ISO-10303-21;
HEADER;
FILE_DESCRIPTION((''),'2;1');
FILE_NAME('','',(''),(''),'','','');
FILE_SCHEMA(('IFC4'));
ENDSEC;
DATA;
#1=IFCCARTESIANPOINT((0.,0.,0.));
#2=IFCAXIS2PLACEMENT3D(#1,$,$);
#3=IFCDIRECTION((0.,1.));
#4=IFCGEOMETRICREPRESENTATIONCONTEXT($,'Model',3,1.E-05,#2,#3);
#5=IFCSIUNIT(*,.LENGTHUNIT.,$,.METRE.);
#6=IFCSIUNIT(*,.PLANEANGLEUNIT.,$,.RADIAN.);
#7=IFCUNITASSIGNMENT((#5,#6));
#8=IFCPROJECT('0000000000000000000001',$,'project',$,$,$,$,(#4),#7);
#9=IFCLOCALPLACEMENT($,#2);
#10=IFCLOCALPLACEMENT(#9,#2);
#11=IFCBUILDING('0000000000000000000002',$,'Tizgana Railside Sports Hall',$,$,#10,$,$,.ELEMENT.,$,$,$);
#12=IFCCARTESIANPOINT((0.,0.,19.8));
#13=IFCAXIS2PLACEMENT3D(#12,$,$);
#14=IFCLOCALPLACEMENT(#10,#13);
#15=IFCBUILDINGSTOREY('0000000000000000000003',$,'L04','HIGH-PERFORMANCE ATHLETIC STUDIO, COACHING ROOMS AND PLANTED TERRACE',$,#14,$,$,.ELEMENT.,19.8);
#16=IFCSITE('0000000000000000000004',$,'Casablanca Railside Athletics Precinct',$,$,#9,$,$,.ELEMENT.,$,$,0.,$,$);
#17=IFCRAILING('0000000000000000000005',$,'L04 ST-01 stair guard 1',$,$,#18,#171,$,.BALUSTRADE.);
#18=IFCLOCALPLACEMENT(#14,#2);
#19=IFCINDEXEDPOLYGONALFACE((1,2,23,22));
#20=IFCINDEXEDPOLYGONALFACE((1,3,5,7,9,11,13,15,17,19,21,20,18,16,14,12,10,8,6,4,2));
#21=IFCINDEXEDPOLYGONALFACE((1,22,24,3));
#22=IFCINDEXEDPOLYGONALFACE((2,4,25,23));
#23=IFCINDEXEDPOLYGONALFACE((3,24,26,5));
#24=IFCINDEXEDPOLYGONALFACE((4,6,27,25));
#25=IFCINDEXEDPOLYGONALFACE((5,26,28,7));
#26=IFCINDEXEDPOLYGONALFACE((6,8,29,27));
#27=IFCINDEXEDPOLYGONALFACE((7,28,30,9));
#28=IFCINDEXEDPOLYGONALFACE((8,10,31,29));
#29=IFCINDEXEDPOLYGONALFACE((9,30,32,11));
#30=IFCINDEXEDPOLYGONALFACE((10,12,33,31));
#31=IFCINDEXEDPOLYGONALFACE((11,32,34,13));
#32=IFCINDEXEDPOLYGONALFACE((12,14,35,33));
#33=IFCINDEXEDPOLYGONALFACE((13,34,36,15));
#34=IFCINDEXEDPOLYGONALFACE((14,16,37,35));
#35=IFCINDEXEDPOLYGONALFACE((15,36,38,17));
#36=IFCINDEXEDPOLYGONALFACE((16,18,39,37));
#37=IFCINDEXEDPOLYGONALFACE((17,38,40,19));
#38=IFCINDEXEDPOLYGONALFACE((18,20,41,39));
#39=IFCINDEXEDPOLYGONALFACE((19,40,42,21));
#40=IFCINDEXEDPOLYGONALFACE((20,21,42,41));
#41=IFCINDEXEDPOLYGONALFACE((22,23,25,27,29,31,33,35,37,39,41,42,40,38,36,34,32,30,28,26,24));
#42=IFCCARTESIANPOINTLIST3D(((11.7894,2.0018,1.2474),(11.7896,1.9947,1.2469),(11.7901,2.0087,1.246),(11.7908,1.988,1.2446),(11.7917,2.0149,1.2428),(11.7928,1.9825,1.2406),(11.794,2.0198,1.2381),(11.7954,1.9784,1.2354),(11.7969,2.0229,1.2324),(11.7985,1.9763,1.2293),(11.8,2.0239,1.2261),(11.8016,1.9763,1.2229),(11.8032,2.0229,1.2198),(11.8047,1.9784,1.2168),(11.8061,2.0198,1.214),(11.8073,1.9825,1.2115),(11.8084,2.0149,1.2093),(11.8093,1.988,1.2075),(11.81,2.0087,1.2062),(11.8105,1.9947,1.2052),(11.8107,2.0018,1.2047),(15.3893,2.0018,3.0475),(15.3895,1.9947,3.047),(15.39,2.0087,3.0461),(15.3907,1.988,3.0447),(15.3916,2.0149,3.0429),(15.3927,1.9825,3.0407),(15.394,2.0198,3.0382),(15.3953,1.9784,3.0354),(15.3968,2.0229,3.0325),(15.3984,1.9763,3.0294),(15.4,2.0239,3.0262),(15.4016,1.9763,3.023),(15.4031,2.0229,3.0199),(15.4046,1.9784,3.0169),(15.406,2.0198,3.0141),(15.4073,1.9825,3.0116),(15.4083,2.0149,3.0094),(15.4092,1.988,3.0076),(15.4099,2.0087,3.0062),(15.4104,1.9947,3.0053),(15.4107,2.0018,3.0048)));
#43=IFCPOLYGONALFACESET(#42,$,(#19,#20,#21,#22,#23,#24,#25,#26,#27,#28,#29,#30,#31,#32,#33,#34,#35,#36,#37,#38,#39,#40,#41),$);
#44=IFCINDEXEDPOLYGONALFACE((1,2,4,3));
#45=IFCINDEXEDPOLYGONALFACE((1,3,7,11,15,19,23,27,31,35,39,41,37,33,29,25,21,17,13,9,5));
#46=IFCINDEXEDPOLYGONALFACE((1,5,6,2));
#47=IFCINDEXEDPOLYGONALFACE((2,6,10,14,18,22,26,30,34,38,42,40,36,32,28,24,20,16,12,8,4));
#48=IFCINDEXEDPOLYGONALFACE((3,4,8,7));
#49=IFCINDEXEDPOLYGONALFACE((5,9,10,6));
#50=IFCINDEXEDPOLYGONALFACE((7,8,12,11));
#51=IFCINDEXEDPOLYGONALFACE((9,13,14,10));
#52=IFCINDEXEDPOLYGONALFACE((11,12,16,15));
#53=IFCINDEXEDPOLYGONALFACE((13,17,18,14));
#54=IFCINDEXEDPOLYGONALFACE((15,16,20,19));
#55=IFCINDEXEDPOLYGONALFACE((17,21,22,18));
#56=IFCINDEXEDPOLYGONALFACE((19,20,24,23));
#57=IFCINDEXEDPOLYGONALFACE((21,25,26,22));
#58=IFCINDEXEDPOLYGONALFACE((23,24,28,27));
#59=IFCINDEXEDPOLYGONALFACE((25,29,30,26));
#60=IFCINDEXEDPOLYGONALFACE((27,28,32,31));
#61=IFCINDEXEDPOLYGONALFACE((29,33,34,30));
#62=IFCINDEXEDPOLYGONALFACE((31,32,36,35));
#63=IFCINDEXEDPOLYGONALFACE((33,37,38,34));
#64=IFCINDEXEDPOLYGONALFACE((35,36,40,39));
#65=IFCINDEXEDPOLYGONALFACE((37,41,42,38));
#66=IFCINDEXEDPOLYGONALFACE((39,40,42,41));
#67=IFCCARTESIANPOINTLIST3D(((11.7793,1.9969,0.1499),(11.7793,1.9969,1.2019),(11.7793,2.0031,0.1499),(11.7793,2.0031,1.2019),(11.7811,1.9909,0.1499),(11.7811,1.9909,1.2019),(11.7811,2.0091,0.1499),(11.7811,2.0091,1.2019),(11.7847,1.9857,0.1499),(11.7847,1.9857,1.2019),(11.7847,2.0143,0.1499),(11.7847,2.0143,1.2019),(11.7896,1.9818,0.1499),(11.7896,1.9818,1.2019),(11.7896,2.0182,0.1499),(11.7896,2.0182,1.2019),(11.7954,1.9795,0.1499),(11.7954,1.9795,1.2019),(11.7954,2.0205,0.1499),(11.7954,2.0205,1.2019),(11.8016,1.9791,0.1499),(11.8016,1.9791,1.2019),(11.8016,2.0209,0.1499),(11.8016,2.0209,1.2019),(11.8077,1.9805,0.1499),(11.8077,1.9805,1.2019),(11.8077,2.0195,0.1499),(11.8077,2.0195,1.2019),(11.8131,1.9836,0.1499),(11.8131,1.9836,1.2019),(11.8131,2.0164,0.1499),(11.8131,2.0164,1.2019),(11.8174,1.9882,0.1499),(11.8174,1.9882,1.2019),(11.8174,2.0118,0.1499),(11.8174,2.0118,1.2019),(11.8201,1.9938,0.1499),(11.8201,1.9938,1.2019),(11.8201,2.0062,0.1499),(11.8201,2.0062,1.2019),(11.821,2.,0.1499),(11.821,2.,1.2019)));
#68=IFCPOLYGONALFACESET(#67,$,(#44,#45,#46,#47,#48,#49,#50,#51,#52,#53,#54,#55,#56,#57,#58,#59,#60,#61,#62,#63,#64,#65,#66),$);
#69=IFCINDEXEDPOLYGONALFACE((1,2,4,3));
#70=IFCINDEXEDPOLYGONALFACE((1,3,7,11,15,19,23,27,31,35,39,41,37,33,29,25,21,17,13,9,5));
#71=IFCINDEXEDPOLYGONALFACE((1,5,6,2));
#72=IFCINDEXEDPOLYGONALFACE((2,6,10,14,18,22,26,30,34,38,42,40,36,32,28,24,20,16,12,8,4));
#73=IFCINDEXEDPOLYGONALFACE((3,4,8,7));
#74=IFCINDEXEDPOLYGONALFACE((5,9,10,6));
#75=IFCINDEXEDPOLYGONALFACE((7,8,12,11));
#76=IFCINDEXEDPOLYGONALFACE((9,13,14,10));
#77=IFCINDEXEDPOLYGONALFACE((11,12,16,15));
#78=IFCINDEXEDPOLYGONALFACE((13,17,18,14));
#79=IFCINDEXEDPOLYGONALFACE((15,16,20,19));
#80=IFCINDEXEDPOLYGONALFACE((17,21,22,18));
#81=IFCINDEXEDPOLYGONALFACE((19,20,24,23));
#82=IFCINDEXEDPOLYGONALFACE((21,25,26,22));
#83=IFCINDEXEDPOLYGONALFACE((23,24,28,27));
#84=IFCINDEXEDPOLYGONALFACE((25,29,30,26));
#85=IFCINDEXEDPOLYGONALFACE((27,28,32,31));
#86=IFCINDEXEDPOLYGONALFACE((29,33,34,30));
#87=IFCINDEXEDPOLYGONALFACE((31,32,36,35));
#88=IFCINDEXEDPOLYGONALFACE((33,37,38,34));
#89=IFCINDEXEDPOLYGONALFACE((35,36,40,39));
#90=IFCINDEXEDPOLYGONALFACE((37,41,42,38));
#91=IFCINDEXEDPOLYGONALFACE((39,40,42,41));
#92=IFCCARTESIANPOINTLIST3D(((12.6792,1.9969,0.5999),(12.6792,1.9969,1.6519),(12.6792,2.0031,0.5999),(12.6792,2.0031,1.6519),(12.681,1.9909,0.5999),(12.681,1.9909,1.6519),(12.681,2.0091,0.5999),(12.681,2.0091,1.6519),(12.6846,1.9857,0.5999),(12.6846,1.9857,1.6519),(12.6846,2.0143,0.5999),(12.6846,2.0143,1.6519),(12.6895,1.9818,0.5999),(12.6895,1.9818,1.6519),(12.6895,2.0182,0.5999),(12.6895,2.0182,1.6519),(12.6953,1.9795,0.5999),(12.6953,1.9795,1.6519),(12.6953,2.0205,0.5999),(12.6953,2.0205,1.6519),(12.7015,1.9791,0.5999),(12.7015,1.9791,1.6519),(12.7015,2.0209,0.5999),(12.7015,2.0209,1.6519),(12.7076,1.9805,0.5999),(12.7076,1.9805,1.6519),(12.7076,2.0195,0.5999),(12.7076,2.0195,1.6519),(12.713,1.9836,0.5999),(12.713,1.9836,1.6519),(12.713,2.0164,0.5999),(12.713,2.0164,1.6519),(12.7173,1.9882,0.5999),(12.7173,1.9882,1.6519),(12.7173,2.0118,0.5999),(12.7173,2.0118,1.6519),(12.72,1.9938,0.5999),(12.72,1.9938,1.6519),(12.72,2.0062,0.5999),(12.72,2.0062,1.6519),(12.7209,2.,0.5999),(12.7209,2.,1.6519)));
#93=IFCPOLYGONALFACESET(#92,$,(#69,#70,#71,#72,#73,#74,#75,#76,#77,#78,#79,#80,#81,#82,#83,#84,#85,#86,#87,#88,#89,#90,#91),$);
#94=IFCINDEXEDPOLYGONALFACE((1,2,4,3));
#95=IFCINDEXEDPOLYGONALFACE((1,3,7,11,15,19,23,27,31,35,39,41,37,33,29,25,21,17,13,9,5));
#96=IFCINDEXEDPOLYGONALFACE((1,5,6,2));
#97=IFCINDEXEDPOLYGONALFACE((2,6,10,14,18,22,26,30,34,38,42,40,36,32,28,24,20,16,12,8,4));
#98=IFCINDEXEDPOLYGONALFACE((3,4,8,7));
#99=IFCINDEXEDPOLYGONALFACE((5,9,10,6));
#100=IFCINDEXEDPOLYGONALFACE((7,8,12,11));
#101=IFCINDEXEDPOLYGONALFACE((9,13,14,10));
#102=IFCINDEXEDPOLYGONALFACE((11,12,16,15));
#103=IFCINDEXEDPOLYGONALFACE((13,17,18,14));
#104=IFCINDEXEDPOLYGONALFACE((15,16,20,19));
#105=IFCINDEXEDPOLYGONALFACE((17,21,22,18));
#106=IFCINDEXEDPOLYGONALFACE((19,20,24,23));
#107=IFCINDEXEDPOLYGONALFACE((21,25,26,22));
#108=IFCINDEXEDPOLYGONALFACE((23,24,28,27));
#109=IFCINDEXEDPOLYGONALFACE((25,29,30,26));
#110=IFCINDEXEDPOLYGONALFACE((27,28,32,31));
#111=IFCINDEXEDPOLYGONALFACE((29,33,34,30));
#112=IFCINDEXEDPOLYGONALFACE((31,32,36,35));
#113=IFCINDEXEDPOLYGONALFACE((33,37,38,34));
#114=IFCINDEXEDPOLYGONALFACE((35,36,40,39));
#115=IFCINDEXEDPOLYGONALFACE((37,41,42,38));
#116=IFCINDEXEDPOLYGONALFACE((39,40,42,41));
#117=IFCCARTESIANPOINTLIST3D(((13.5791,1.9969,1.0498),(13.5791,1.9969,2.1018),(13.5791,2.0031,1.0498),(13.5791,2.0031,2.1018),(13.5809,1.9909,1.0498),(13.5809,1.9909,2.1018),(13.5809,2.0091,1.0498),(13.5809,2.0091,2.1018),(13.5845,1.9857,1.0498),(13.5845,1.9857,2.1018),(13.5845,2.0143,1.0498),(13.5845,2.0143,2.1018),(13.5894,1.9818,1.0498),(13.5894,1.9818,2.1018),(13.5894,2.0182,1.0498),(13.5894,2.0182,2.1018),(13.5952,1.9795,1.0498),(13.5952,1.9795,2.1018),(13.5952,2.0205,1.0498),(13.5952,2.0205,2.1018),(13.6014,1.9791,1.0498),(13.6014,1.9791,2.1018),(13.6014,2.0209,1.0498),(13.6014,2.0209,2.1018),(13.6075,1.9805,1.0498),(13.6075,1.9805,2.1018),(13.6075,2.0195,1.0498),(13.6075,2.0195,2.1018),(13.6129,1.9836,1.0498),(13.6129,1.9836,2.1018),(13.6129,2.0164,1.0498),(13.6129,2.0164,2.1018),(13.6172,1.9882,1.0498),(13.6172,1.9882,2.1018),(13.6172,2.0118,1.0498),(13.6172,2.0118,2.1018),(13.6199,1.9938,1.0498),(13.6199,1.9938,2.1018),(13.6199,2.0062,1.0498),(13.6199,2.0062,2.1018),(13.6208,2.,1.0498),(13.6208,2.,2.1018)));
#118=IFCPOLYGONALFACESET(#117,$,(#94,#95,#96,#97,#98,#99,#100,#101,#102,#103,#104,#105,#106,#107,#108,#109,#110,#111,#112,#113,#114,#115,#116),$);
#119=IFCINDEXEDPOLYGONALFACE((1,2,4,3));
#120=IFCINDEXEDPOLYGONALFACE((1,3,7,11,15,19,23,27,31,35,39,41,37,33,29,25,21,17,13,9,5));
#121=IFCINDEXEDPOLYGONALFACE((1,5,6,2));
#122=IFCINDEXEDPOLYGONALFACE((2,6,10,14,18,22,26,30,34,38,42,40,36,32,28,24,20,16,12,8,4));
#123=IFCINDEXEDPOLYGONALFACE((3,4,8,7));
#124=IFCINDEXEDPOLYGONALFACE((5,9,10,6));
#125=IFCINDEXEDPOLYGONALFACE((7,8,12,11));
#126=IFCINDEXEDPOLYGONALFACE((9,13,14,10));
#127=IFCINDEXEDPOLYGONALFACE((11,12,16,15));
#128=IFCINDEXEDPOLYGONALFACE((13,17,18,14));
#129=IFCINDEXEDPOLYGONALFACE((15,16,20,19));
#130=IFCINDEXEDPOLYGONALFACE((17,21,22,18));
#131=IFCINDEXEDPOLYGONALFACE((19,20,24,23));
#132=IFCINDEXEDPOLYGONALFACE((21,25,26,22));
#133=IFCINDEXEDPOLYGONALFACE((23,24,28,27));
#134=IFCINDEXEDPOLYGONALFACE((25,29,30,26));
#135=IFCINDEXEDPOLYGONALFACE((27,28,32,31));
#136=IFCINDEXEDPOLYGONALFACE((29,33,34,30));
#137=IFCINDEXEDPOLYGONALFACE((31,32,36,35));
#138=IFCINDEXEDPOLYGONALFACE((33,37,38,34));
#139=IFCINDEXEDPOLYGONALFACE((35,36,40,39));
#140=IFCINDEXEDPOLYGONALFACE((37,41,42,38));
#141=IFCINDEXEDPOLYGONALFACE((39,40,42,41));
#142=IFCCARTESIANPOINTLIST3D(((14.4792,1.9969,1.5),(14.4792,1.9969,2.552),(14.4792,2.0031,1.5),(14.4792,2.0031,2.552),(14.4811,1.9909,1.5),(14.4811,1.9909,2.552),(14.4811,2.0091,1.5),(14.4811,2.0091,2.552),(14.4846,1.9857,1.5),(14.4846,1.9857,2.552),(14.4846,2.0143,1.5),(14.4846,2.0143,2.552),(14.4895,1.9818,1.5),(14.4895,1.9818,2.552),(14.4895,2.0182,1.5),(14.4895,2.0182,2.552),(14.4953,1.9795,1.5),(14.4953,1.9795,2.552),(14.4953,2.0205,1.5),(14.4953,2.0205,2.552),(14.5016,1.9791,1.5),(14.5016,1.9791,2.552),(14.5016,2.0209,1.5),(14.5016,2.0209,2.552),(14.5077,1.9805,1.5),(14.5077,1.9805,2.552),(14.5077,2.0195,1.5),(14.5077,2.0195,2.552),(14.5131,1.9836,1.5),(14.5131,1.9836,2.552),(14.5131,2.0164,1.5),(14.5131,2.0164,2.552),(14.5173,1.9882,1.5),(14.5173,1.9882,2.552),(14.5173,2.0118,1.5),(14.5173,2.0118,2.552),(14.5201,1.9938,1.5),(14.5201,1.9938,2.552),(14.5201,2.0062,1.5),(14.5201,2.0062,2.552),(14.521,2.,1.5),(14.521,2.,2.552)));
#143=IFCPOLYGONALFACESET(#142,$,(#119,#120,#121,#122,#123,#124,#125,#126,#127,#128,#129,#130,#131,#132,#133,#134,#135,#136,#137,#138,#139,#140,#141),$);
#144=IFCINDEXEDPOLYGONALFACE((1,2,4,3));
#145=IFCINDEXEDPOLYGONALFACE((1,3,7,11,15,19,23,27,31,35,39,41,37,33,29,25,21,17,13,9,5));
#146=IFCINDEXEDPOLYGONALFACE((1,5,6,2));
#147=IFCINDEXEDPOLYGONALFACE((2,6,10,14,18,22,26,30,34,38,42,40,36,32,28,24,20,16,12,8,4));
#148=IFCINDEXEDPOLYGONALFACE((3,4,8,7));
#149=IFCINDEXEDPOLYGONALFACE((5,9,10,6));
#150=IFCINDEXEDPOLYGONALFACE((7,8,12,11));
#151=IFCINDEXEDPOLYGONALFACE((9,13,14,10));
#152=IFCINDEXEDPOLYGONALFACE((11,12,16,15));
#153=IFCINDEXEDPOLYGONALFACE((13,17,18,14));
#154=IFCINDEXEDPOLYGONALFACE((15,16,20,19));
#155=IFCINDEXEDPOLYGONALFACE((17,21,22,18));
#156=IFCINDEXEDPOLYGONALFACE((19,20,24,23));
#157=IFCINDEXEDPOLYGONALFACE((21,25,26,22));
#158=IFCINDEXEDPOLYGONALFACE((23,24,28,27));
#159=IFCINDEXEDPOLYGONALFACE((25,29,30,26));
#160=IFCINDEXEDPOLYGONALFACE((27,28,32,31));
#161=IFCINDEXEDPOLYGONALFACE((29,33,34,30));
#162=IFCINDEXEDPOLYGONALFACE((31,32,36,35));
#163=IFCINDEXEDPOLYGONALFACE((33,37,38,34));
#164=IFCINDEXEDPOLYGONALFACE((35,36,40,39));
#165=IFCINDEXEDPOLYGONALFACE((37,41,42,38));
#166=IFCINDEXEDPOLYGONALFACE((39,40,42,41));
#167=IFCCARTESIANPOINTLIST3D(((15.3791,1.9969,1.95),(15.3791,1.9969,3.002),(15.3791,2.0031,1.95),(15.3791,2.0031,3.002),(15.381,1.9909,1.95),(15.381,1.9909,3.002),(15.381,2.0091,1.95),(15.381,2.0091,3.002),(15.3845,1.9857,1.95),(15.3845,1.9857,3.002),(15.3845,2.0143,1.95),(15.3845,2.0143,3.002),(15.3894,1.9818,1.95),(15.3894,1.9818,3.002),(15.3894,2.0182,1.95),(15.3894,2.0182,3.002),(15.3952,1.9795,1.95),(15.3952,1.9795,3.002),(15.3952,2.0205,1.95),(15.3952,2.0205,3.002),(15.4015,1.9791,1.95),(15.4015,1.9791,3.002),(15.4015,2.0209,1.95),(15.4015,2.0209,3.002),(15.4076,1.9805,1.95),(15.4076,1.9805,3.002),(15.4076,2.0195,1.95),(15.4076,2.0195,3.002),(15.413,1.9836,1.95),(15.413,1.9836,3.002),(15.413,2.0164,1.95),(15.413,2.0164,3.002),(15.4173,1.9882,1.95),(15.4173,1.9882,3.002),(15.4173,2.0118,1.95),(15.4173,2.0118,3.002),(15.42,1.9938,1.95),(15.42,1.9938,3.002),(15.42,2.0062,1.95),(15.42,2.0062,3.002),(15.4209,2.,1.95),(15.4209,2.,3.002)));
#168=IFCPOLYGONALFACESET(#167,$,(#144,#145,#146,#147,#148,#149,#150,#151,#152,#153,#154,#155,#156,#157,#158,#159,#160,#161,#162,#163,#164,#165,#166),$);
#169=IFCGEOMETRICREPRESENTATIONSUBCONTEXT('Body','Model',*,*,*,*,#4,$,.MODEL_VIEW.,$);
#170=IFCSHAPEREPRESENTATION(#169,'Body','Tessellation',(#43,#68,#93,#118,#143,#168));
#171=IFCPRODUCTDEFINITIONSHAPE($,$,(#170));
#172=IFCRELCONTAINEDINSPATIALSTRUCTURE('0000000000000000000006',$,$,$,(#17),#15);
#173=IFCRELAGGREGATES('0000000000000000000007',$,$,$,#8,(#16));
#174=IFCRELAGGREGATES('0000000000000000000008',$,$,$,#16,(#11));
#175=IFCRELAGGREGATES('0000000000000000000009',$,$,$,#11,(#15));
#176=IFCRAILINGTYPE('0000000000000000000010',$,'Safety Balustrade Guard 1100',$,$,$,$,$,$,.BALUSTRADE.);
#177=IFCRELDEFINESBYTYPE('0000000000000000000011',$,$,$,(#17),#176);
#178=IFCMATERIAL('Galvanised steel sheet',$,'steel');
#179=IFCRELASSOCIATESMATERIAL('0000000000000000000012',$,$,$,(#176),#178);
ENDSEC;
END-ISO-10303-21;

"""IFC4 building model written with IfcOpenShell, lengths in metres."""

from ifc_helpers import new_model, si_unit, direction, frame, origin, origin_2d, place, context, subcontext, project, spatial, circle, extrude, material, type_object, element, save


model = new_model("IFC4")

# Units and contexts
model_context = context("Model", 3, precision=1e-05, world=origin(), true_north=direction((0.0, 1.0)))
body_context = subcontext(model_context, "Body", "Model", "MODEL_VIEW")
ifc_project = project(units=[si_unit("LENGTHUNIT", "METRE"), si_unit("PLANEANGLEUNIT", "RADIAN")], contexts=[model_context])

# Site, building, storey
site_placement = place(None, origin())
site = spatial("IfcSite", under=ifc_project, at=site_placement, Name="Casablanca Railside Athletics Precinct", CompositionType="ELEMENT", RefElevation=0.0)
building_placement = place(site_placement, origin())
building = spatial("IfcBuilding", under=site, at=building_placement, Name="Tizgana Railside Sports Hall", CompositionType="ELEMENT")
storey_placement = place(building_placement, frame((0.0, 0.0, 19.8)))
storey = spatial("IfcBuildingStorey", under=building, at=storey_placement, Name="L04", Description="HIGH-PERFORMANCE ATHLETIC STUDIO, COACHING ROOMS AND PLANTED TERRACE", CompositionType="ELEMENT", Elevation=19.8)

# Railing
ifc_material_1 = material(Name="Galvanised steel sheet", Category="steel")
railing_type_1 = type_object("IfcRailingType", Name="Safety Balustrade Guard 1100", PredefinedType="BALUSTRADE", material=ifc_material_1)
railing_1_placement = place(storey_placement, frame((11.8, 2.0, 0.1499)))
element("IfcRailing", 1, at=railing_1_placement, inside=storey, type_object=railing_type_1, Name="L04 ST-01 stair guard 1", PredefinedType="BALUSTRADE", context=body_context, shape_type="SweptSolid", body=[
    extrude(circle(Radius=0.0239, at=origin_2d()), frame((0.0, 0.0, 1.0762), z_axis=(0.894415, 0.0, 0.447238), x_axis=(0.0, 1.0, 0.0)), (0.0, 0.0, 1.0), 4.0249),
    extrude(circle(Radius=0.021, at=origin_2d()), origin(), (0.0, 0.0, 1.0), 1.052),
    extrude(circle(Radius=0.021, at=origin_2d()), frame((0.8999, 0.0, 0.45)), (0.0, 0.0, 1.0), 1.052),
    extrude(circle(Radius=0.021, at=origin_2d()), frame((1.7998, 0.0, 0.8999)), (0.0, 0.0, 1.0), 1.052),
    extrude(circle(Radius=0.021, at=origin_2d()), frame((2.7, 0.0, 1.3501)), (0.0, 0.0, 1.0), 1.052),
    extrude(circle(Radius=0.021, at=origin_2d()), frame((3.5999, 0.0, 1.8)), (0.0, 0.0, 1.0), 1.052),
])

save(model, "model.ifc")
